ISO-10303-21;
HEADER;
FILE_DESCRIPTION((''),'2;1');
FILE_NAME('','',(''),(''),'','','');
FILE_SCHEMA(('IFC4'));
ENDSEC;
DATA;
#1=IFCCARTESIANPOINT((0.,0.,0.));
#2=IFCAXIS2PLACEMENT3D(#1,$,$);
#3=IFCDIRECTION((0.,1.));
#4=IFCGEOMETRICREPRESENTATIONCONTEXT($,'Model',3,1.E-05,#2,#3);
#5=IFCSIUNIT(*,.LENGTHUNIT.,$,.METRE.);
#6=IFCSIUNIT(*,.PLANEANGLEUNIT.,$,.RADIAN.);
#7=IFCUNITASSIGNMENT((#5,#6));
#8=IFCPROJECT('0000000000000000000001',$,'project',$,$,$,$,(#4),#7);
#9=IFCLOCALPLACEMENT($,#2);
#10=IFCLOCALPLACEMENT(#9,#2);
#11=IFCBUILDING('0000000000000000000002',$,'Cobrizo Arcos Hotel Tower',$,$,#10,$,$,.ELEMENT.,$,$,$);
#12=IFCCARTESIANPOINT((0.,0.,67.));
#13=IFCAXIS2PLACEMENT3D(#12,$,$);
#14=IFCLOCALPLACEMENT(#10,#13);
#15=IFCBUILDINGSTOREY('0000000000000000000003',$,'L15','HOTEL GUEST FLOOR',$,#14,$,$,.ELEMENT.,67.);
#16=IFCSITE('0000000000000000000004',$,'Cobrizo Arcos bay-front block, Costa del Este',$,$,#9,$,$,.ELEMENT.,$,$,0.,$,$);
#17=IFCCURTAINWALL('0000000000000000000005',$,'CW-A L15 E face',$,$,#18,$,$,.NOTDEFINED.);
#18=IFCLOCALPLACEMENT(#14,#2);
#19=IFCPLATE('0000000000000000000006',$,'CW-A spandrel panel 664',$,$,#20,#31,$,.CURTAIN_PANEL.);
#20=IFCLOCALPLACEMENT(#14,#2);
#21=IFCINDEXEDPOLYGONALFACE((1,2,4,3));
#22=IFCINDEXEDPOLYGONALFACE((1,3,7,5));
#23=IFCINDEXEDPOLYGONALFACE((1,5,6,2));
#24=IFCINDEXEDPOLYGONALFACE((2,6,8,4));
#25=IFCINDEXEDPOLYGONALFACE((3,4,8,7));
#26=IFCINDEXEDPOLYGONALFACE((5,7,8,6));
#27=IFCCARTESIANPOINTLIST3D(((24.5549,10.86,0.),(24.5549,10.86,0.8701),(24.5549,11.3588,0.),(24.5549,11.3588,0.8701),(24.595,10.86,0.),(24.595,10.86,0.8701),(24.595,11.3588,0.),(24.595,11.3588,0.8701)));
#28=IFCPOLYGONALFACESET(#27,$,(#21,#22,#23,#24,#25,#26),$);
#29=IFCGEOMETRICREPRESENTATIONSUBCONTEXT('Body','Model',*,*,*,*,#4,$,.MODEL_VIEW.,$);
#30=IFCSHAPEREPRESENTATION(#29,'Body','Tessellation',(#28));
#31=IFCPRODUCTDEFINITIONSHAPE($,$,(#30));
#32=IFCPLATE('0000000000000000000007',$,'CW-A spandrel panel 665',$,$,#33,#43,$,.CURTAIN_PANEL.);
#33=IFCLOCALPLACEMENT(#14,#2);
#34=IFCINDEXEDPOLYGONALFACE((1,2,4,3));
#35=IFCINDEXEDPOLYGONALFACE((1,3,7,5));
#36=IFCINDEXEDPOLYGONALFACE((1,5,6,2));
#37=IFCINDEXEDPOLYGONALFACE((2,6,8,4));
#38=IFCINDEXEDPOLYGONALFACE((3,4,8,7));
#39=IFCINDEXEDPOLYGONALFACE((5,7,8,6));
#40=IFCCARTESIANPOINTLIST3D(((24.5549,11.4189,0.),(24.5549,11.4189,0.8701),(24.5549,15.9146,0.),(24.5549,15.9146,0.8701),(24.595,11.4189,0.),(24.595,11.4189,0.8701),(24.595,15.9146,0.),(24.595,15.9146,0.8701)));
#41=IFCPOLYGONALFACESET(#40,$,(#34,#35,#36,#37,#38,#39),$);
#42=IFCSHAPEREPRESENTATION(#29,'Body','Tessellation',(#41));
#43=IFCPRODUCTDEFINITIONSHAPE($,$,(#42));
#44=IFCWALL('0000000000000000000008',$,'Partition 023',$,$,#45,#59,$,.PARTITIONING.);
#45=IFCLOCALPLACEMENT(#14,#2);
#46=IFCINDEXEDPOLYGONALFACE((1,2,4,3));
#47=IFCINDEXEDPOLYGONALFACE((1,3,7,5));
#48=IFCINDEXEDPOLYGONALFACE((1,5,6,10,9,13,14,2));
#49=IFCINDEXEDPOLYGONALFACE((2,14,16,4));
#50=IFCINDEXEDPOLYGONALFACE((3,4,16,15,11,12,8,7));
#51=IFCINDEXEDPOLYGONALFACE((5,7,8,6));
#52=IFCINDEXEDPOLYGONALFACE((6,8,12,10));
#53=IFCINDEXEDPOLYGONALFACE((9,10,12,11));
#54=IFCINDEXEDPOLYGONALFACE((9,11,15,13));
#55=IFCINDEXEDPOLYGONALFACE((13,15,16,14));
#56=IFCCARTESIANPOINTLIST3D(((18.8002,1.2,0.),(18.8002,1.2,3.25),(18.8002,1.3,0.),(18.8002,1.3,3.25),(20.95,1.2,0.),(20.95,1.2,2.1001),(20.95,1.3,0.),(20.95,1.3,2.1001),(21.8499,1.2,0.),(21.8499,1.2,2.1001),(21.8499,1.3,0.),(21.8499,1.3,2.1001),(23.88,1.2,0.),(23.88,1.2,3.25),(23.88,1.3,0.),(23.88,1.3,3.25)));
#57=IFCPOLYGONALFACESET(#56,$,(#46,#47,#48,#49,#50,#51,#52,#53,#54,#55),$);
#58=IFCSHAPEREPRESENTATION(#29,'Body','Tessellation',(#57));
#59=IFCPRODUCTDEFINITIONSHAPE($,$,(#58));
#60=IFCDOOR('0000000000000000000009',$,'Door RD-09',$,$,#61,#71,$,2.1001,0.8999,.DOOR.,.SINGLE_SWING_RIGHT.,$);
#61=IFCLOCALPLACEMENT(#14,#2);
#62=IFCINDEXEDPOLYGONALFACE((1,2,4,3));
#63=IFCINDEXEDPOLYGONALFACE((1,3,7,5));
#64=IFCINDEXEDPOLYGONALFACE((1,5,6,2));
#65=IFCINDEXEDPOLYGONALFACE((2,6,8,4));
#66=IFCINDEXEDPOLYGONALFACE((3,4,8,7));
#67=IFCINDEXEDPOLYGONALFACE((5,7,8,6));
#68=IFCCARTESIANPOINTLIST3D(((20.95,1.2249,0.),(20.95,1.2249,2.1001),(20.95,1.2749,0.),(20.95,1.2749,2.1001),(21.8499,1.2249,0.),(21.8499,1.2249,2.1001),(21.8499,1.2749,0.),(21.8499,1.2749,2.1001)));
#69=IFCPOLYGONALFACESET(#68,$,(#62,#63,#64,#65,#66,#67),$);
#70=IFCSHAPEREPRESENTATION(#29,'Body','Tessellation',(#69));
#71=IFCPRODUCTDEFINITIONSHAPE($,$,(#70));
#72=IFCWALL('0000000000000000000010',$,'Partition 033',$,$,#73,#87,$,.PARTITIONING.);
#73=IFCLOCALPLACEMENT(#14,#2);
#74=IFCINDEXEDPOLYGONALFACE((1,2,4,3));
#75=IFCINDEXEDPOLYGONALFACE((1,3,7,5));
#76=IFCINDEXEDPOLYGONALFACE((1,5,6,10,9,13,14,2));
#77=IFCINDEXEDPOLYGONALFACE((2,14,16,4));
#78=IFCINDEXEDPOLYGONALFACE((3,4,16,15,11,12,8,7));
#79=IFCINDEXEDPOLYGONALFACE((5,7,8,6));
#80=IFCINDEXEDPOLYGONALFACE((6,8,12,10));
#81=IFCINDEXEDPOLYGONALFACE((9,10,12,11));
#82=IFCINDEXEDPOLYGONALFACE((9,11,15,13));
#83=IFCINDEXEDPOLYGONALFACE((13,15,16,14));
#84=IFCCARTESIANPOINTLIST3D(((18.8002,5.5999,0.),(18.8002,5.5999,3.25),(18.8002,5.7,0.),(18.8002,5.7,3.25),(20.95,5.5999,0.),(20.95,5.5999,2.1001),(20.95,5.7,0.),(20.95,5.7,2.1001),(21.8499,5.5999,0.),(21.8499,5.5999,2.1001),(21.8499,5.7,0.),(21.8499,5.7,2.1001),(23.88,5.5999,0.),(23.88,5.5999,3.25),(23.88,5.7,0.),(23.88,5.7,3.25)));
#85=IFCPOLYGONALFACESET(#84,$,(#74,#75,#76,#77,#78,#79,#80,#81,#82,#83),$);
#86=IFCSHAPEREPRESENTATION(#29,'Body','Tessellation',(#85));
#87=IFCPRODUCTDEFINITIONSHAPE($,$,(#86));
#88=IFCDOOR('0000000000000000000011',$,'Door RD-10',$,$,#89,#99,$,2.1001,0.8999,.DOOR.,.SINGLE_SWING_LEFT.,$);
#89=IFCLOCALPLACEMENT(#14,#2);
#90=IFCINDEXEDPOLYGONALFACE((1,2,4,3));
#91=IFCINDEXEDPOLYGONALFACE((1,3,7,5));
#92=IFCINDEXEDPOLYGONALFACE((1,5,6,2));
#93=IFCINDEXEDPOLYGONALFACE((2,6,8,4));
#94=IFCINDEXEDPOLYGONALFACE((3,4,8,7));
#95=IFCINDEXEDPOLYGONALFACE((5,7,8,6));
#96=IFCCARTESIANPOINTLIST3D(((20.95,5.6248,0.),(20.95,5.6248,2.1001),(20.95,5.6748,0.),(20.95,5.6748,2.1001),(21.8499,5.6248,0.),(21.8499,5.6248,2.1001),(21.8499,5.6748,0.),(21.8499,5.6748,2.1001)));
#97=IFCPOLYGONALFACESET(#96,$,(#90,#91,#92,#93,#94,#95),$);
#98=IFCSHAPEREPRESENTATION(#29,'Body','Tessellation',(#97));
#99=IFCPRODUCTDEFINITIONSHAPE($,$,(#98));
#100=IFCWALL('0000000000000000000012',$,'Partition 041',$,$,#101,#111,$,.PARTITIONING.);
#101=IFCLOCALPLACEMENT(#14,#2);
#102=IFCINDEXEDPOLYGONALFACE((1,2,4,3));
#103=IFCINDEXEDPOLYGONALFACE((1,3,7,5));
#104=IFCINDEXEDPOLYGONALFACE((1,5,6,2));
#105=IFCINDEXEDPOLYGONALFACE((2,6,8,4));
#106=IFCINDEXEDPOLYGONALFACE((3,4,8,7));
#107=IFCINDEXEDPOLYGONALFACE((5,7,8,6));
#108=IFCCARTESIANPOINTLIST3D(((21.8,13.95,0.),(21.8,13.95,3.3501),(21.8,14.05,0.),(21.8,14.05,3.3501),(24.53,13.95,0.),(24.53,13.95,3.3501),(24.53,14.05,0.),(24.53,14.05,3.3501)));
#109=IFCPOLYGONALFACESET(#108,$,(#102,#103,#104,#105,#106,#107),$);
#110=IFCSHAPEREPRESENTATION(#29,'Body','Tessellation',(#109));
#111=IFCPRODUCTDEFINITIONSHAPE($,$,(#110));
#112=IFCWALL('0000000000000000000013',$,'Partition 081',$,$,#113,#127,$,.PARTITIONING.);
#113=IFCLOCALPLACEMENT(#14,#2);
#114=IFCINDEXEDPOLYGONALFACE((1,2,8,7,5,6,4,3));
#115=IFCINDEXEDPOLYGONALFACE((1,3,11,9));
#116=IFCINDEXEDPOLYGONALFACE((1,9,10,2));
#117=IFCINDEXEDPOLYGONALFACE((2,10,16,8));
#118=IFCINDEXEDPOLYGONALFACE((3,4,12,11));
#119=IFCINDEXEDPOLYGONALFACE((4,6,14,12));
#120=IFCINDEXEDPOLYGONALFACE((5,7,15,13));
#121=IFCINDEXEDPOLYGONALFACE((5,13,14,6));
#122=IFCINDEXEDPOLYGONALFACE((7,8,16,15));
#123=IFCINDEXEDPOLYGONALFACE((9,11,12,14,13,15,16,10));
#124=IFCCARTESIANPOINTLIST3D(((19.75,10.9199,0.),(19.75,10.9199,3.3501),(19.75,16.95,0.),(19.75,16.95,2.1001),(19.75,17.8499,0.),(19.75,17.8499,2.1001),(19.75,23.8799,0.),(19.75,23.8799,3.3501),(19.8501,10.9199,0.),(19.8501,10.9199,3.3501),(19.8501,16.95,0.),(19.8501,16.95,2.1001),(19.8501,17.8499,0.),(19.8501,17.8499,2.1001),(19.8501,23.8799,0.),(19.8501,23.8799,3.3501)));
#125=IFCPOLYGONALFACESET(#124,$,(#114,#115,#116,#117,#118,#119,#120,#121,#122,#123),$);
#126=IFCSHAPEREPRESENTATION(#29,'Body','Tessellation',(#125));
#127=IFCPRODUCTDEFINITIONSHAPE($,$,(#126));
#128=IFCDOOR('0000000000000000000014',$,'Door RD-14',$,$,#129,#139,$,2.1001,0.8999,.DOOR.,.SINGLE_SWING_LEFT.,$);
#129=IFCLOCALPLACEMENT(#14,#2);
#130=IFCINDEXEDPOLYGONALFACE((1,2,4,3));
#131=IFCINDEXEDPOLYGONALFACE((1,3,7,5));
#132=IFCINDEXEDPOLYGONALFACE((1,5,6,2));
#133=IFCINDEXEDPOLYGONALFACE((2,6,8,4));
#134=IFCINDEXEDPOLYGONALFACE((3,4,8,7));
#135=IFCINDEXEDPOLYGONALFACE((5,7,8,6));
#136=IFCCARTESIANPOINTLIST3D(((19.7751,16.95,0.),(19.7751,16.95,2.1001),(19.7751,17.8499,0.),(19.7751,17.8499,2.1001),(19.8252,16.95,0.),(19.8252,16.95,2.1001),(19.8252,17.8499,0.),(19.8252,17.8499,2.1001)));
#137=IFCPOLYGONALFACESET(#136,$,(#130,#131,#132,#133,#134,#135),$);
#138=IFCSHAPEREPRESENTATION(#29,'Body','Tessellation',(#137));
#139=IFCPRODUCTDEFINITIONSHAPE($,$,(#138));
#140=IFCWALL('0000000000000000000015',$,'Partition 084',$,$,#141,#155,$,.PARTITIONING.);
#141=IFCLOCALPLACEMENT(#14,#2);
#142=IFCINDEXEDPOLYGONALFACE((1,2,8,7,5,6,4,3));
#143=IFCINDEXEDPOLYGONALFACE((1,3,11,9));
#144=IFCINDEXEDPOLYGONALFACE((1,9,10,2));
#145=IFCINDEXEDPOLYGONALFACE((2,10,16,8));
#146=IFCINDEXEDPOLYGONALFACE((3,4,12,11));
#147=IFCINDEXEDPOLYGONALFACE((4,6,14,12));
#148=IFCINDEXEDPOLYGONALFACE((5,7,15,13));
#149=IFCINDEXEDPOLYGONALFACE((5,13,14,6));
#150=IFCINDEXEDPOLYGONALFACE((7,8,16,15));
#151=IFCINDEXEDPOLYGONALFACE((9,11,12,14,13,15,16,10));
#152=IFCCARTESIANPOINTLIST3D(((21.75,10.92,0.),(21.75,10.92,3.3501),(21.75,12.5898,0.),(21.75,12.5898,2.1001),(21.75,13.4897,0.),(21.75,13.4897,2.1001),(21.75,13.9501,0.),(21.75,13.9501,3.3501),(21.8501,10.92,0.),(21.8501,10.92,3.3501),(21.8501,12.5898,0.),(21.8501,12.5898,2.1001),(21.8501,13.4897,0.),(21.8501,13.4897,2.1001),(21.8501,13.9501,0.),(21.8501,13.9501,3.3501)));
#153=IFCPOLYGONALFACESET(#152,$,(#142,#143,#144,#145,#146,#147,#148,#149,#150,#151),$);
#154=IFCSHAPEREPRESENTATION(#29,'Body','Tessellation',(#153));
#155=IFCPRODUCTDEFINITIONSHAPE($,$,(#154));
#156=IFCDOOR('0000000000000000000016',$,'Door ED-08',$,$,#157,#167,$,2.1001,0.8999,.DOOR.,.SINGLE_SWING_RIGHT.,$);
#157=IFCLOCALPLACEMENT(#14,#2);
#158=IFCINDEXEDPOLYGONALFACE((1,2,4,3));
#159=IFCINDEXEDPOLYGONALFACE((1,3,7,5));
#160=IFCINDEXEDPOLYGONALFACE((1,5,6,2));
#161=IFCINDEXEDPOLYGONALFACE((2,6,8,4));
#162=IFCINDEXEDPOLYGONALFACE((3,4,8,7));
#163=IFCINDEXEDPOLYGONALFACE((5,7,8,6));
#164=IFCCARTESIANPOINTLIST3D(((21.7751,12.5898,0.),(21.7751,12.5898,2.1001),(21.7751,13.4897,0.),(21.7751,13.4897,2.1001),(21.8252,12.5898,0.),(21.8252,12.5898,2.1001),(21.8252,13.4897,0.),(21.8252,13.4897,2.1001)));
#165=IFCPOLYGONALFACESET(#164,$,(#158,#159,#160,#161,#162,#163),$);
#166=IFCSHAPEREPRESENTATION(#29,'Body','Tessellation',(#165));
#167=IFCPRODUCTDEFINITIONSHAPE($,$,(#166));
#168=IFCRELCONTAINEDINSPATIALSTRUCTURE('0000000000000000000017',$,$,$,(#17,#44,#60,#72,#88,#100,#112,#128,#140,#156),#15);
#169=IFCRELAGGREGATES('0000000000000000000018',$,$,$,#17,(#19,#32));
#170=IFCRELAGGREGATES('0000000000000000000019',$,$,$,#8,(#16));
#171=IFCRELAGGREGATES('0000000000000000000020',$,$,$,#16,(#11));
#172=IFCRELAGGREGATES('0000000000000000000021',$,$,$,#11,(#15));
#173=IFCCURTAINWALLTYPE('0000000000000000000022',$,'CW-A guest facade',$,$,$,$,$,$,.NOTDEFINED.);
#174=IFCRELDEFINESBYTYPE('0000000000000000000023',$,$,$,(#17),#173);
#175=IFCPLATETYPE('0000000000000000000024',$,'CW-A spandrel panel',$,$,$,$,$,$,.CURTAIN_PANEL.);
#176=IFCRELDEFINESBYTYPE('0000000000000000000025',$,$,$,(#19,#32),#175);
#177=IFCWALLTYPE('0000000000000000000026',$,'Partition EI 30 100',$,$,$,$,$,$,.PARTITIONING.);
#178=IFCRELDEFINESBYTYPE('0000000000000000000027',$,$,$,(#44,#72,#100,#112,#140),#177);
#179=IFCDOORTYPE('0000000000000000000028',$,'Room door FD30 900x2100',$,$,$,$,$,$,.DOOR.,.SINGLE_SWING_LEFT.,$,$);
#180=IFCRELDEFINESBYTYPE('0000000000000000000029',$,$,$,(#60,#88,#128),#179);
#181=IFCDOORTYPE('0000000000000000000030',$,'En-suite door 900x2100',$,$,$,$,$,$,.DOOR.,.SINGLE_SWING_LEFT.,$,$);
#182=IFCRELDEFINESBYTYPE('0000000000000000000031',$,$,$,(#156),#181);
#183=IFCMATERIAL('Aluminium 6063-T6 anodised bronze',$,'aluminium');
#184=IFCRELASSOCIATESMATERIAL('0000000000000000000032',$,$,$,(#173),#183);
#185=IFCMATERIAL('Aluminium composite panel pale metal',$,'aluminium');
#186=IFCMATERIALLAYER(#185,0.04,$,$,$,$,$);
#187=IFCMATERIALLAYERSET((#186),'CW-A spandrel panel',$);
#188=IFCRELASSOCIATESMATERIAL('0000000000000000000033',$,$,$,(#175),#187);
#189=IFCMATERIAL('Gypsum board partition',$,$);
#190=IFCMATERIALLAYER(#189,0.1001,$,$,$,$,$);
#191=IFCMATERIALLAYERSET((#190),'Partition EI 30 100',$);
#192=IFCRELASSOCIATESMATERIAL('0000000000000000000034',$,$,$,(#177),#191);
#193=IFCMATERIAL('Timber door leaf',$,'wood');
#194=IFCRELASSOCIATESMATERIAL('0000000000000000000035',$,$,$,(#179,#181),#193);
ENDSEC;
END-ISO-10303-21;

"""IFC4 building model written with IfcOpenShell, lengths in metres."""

from ifc_helpers import new_model, si_unit, direction, frame, frame_2d, origin, origin_2d, place, context, subcontext, project, spatial, rectangle, extrude, material, layer, layer_set, type_object, element, fill, aggregate, save


model = new_model("IFC4")

# Units and contexts
model_context = context("Model", 3, precision=1e-05, world=origin(), true_north=direction((0.0, 1.0)))
body_context = subcontext(model_context, "Body", "Model", "MODEL_VIEW")
ifc_project = project(units=[si_unit("LENGTHUNIT", "METRE"), si_unit("PLANEANGLEUNIT", "RADIAN")], contexts=[model_context])

# Site, building, storey
site_placement = place(None, origin())
site = spatial("IfcSite", under=ifc_project, at=site_placement, Name="Cobrizo Arcos bay-front block, Costa del Este", CompositionType="ELEMENT", RefElevation=0.0)
building_placement = place(site_placement, origin())
building = spatial("IfcBuilding", under=site, at=building_placement, Name="Cobrizo Arcos Hotel Tower", CompositionType="ELEMENT")
storey_placement = place(building_placement, frame((0.0, 0.0, 67.0)))
storey = spatial("IfcBuildingStorey", under=building, at=storey_placement, Name="L15", Description="HOTEL GUEST FLOOR", CompositionType="ELEMENT", Elevation=67.0)

# Curtain wall
ifc_material_1 = material(Name="Aluminium 6063-T6 anodised bronze", Category="aluminium")
curtain_wall_type = type_object("IfcCurtainWallType", Name="CW-A guest facade", PredefinedType="NOTDEFINED", material=ifc_material_1)
curtain_wall_placement = place(storey_placement, origin())
curtain_wall = element("IfcCurtainWall", 1, at=curtain_wall_placement, inside=storey, type_object=curtain_wall_type, Name="CW-A L15 E face", PredefinedType="NOTDEFINED")

# Plates
ifc_material_2 = material(Name="Aluminium composite panel pale metal", Category="aluminium")
ifc_layer_1 = layer(ifc_material_2, 0.04)
ifc_layer_set_1 = layer_set([ifc_layer_1], Name="CW-A spandrel panel")
plate_type_1 = type_object("IfcPlateType", Name="CW-A spandrel panel", PredefinedType="CURTAIN_PANEL", material=ifc_layer_set_1)
plate_1_placement = place(storey_placement, frame((24.575, 11.1094, 0.0), z_axis=(0.0, 0.0, 1.0), x_axis=(0.0, 1.0, 0.0)))
plate_1 = element("IfcPlate", 2, at=plate_1_placement, type_object=plate_type_1, Name="CW-A spandrel panel 664", PredefinedType="CURTAIN_PANEL", context=body_context, shape_type="SweptSolid", body=[
    extrude(rectangle(XDim=0.4988, YDim=0.04, at=origin_2d()), origin(), (0.0, 0.0, 1.0), 0.8701),
])
plate_2_placement = place(storey_placement, frame((24.575, 13.6667, 0.0), z_axis=(0.0, 0.0, 1.0), x_axis=(0.0, 1.0, 0.0)))
plate_2 = element("IfcPlate", 3, at=plate_2_placement, type_object=plate_type_1, Name="CW-A spandrel panel 665", PredefinedType="CURTAIN_PANEL", context=body_context, shape_type="SweptSolid", body=[
    extrude(rectangle(XDim=4.4956, YDim=0.04, at=origin_2d()), origin(), (0.0, 0.0, 1.0), 0.8701),
])
aggregate(curtain_wall, [plate_1, plate_2])

# Walls, openings, doors
ifc_material_3 = material(Name="Gypsum board partition")
ifc_layer_2 = layer(ifc_material_3, 0.1001)
ifc_layer_set_2 = layer_set([ifc_layer_2], Name="Partition EI 30 100")
wall_type_1 = type_object("IfcWallType", Name="Partition EI 30 100", PredefinedType="PARTITIONING", material=ifc_layer_set_2)
wall_1_placement = place(storey_placement, frame((18.8, 1.25, 0.0), z_axis=(0.0, 0.0, 1.0), x_axis=(1.0, 0.0, 0.0)))
wall_1 = element("IfcWall", 4, at=wall_1_placement, inside=storey, type_object=wall_type_1, Name="Partition 023", PredefinedType="PARTITIONING", context=body_context, shape_type="SweptSolid", body=[
    extrude(rectangle(XDim=5.0798, YDim=0.1001, at=frame_2d((2.54, 0.0))), origin(), (0.0, 0.0, 1.0), 3.25),
])
opening_1_placement = place(wall_1_placement, frame((2.1499, 0.0, 0.0)))
opening_1 = element("IfcOpeningElement", 5, at=opening_1_placement, cuts=wall_1, PredefinedType="OPENING", context=body_context, shape_type="SweptSolid", body=[
    extrude(rectangle(XDim=0.8999, YDim=2.1001, at=frame_2d((0.45, 1.05))), frame((0.0, 0.062, 0.0), z_axis=(0.0, -1.0, 0.0), x_axis=(1.0, 0.0, 0.0)), (0.0, 0.0, 1.0), 0.124),
])
ifc_material_4 = material(Name="Timber door leaf", Category="wood")
door_type_1 = type_object("IfcDoorType", Name="Room door FD30 900x2100", OperationType="SINGLE_SWING_LEFT", PredefinedType="DOOR", material=ifc_material_4)
door_1_placement = place(opening_1_placement, origin())
door_1 = element("IfcDoor", 6, at=door_1_placement, inside=storey, type_object=door_type_1, Name="Door RD-09", OperationType="SINGLE_SWING_RIGHT", OverallHeight=2.1001, OverallWidth=0.8999, PredefinedType="DOOR", context=body_context, shape_type="SweptSolid", body=[
    extrude(rectangle(XDim=0.8999, YDim=2.1001, at=frame_2d((0.45, 1.05))), frame((0.0, 0.0249, 0.0), z_axis=(0.0, -1.0, 0.0), x_axis=(1.0, 0.0, 0.0)), (0.0, 0.0, 1.0), 0.05),
])
fill(opening_1, door_1)
wall_2_placement = place(storey_placement, frame((18.8, 5.6499, 0.0), z_axis=(0.0, 0.0, 1.0), x_axis=(1.0, 0.0, 0.0)))
wall_2 = element("IfcWall", 7, at=wall_2_placement, inside=storey, type_object=wall_type_1, Name="Partition 033", PredefinedType="PARTITIONING", context=body_context, shape_type="SweptSolid", body=[
    extrude(rectangle(XDim=5.0798, YDim=0.1001, at=frame_2d((2.54, 0.0))), origin(), (0.0, 0.0, 1.0), 3.25),
])
opening_2_placement = place(wall_2_placement, frame((2.1499, 0.0, 0.0)))
opening_2 = element("IfcOpeningElement", 8, at=opening_2_placement, cuts=wall_2, PredefinedType="OPENING", context=body_context, shape_type="SweptSolid", body=[
    extrude(rectangle(XDim=0.8999, YDim=2.1001, at=frame_2d((0.45, 1.05))), frame((0.0, 0.062, 0.0), z_axis=(0.0, -1.0, 0.0), x_axis=(1.0, 0.0, 0.0)), (0.0, 0.0, 1.0), 0.124),
])
door_2_placement = place(opening_2_placement, origin())
door_2 = element("IfcDoor", 9, at=door_2_placement, inside=storey, type_object=door_type_1, Name="Door RD-10", OperationType="SINGLE_SWING_LEFT", OverallHeight=2.1001, OverallWidth=0.8999, PredefinedType="DOOR", context=body_context, shape_type="SweptSolid", body=[
    extrude(rectangle(XDim=0.8999, YDim=2.1001, at=frame_2d((0.45, 1.05))), frame((0.0, 0.0249, 0.0), z_axis=(0.0, -1.0, 0.0), x_axis=(1.0, 0.0, 0.0)), (0.0, 0.0, 1.0), 0.05),
])
fill(opening_2, door_2)

# Wall
wall_3_placement = place(storey_placement, frame((21.8, 14.0, 0.0), z_axis=(0.0, 0.0, 1.0), x_axis=(1.0, 0.0, 0.0)))
element("IfcWall", 10, at=wall_3_placement, inside=storey, type_object=wall_type_1, Name="Partition 041", PredefinedType="PARTITIONING", context=body_context, shape_type="SweptSolid", body=[
    extrude(rectangle(XDim=2.73, YDim=0.1001, at=frame_2d((1.365, 0.0))), origin(), (0.0, 0.0, 1.0), 3.3501),
])

# Walls, openings, doors
wall_4_placement = place(storey_placement, frame((19.8, 10.9199, 0.0), z_axis=(0.0, 0.0, 1.0), x_axis=(0.0, 1.0, 0.0)))
wall_4 = element("IfcWall", 11, at=wall_4_placement, inside=storey, type_object=wall_type_1, Name="Partition 081", PredefinedType="PARTITIONING", context=body_context, shape_type="SweptSolid", body=[
    extrude(rectangle(XDim=12.96, YDim=0.1001, at=frame_2d((6.48, 0.0))), origin(), (0.0, 0.0, 1.0), 3.3501),
])
opening_3_placement = place(wall_4_placement, frame((6.03, 0.0, 0.0)))
opening_3 = element("IfcOpeningElement", 12, at=opening_3_placement, cuts=wall_4, PredefinedType="OPENING", context=body_context, shape_type="SweptSolid", body=[
    extrude(rectangle(XDim=0.8999, YDim=2.1001, at=frame_2d((0.45, 1.05))), frame((0.0, 0.062, 0.0), z_axis=(0.0, -1.0, 0.0), x_axis=(1.0, 0.0, 0.0)), (0.0, 0.0, 1.0), 0.124),
])
door_3_placement = place(opening_3_placement, origin())
door_3 = element("IfcDoor", 13, at=door_3_placement, inside=storey, type_object=door_type_1, Name="Door RD-14", OperationType="SINGLE_SWING_LEFT", OverallHeight=2.1001, OverallWidth=0.8999, PredefinedType="DOOR", context=body_context, shape_type="SweptSolid", body=[
    extrude(rectangle(XDim=0.8999, YDim=2.1001, at=frame_2d((0.45, 1.05))), frame((0.0, 0.0249, 0.0), z_axis=(0.0, -1.0, 0.0), x_axis=(1.0, 0.0, 0.0)), (0.0, 0.0, 1.0), 0.05),
])
fill(opening_3, door_3)
wall_5_placement = place(storey_placement, frame((21.8, 10.9199, 0.0), z_axis=(0.0, 0.0, 1.0), x_axis=(0.0, 1.0, 0.0)))
wall_5 = element("IfcWall", 14, at=wall_5_placement, inside=storey, type_object=wall_type_1, Name="Partition 084", PredefinedType="PARTITIONING", context=body_context, shape_type="SweptSolid", body=[
    extrude(rectangle(XDim=3.03, YDim=0.1001, at=frame_2d((1.5151, 0.0))), origin(), (0.0, 0.0, 1.0), 3.3501),
])
opening_4_placement = place(wall_5_placement, frame((1.6699, 0.0, 0.0)))
opening_4 = element("IfcOpeningElement", 15, at=opening_4_placement, cuts=wall_5, PredefinedType="OPENING", context=body_context, shape_type="SweptSolid", body=[
    extrude(rectangle(XDim=0.8999, YDim=2.1001, at=frame_2d((0.45, 1.05))), frame((0.0, 0.062, 0.0), z_axis=(0.0, -1.0, 0.0), x_axis=(1.0, 0.0, 0.0)), (0.0, 0.0, 1.0), 0.124),
])
door_type_2 = type_object("IfcDoorType", Name="En-suite door 900x2100", OperationType="SINGLE_SWING_LEFT", PredefinedType="DOOR", material=ifc_material_4)
door_4_placement = place(opening_4_placement, origin())
door_4 = element("IfcDoor", 16, at=door_4_placement, inside=storey, type_object=door_type_2, Name="Door ED-08", OperationType="SINGLE_SWING_RIGHT", OverallHeight=2.1001, OverallWidth=0.8999, PredefinedType="DOOR", context=body_context, shape_type="SweptSolid", body=[
    extrude(rectangle(XDim=0.8999, YDim=2.1001, at=frame_2d((0.45, 1.05))), frame((0.0, 0.0249, 0.0), z_axis=(0.0, -1.0, 0.0), x_axis=(1.0, 0.0, 0.0)), (0.0, 0.0, 1.0), 0.05),
])
fill(opening_4, door_4)

save(model, "model.ifc")
